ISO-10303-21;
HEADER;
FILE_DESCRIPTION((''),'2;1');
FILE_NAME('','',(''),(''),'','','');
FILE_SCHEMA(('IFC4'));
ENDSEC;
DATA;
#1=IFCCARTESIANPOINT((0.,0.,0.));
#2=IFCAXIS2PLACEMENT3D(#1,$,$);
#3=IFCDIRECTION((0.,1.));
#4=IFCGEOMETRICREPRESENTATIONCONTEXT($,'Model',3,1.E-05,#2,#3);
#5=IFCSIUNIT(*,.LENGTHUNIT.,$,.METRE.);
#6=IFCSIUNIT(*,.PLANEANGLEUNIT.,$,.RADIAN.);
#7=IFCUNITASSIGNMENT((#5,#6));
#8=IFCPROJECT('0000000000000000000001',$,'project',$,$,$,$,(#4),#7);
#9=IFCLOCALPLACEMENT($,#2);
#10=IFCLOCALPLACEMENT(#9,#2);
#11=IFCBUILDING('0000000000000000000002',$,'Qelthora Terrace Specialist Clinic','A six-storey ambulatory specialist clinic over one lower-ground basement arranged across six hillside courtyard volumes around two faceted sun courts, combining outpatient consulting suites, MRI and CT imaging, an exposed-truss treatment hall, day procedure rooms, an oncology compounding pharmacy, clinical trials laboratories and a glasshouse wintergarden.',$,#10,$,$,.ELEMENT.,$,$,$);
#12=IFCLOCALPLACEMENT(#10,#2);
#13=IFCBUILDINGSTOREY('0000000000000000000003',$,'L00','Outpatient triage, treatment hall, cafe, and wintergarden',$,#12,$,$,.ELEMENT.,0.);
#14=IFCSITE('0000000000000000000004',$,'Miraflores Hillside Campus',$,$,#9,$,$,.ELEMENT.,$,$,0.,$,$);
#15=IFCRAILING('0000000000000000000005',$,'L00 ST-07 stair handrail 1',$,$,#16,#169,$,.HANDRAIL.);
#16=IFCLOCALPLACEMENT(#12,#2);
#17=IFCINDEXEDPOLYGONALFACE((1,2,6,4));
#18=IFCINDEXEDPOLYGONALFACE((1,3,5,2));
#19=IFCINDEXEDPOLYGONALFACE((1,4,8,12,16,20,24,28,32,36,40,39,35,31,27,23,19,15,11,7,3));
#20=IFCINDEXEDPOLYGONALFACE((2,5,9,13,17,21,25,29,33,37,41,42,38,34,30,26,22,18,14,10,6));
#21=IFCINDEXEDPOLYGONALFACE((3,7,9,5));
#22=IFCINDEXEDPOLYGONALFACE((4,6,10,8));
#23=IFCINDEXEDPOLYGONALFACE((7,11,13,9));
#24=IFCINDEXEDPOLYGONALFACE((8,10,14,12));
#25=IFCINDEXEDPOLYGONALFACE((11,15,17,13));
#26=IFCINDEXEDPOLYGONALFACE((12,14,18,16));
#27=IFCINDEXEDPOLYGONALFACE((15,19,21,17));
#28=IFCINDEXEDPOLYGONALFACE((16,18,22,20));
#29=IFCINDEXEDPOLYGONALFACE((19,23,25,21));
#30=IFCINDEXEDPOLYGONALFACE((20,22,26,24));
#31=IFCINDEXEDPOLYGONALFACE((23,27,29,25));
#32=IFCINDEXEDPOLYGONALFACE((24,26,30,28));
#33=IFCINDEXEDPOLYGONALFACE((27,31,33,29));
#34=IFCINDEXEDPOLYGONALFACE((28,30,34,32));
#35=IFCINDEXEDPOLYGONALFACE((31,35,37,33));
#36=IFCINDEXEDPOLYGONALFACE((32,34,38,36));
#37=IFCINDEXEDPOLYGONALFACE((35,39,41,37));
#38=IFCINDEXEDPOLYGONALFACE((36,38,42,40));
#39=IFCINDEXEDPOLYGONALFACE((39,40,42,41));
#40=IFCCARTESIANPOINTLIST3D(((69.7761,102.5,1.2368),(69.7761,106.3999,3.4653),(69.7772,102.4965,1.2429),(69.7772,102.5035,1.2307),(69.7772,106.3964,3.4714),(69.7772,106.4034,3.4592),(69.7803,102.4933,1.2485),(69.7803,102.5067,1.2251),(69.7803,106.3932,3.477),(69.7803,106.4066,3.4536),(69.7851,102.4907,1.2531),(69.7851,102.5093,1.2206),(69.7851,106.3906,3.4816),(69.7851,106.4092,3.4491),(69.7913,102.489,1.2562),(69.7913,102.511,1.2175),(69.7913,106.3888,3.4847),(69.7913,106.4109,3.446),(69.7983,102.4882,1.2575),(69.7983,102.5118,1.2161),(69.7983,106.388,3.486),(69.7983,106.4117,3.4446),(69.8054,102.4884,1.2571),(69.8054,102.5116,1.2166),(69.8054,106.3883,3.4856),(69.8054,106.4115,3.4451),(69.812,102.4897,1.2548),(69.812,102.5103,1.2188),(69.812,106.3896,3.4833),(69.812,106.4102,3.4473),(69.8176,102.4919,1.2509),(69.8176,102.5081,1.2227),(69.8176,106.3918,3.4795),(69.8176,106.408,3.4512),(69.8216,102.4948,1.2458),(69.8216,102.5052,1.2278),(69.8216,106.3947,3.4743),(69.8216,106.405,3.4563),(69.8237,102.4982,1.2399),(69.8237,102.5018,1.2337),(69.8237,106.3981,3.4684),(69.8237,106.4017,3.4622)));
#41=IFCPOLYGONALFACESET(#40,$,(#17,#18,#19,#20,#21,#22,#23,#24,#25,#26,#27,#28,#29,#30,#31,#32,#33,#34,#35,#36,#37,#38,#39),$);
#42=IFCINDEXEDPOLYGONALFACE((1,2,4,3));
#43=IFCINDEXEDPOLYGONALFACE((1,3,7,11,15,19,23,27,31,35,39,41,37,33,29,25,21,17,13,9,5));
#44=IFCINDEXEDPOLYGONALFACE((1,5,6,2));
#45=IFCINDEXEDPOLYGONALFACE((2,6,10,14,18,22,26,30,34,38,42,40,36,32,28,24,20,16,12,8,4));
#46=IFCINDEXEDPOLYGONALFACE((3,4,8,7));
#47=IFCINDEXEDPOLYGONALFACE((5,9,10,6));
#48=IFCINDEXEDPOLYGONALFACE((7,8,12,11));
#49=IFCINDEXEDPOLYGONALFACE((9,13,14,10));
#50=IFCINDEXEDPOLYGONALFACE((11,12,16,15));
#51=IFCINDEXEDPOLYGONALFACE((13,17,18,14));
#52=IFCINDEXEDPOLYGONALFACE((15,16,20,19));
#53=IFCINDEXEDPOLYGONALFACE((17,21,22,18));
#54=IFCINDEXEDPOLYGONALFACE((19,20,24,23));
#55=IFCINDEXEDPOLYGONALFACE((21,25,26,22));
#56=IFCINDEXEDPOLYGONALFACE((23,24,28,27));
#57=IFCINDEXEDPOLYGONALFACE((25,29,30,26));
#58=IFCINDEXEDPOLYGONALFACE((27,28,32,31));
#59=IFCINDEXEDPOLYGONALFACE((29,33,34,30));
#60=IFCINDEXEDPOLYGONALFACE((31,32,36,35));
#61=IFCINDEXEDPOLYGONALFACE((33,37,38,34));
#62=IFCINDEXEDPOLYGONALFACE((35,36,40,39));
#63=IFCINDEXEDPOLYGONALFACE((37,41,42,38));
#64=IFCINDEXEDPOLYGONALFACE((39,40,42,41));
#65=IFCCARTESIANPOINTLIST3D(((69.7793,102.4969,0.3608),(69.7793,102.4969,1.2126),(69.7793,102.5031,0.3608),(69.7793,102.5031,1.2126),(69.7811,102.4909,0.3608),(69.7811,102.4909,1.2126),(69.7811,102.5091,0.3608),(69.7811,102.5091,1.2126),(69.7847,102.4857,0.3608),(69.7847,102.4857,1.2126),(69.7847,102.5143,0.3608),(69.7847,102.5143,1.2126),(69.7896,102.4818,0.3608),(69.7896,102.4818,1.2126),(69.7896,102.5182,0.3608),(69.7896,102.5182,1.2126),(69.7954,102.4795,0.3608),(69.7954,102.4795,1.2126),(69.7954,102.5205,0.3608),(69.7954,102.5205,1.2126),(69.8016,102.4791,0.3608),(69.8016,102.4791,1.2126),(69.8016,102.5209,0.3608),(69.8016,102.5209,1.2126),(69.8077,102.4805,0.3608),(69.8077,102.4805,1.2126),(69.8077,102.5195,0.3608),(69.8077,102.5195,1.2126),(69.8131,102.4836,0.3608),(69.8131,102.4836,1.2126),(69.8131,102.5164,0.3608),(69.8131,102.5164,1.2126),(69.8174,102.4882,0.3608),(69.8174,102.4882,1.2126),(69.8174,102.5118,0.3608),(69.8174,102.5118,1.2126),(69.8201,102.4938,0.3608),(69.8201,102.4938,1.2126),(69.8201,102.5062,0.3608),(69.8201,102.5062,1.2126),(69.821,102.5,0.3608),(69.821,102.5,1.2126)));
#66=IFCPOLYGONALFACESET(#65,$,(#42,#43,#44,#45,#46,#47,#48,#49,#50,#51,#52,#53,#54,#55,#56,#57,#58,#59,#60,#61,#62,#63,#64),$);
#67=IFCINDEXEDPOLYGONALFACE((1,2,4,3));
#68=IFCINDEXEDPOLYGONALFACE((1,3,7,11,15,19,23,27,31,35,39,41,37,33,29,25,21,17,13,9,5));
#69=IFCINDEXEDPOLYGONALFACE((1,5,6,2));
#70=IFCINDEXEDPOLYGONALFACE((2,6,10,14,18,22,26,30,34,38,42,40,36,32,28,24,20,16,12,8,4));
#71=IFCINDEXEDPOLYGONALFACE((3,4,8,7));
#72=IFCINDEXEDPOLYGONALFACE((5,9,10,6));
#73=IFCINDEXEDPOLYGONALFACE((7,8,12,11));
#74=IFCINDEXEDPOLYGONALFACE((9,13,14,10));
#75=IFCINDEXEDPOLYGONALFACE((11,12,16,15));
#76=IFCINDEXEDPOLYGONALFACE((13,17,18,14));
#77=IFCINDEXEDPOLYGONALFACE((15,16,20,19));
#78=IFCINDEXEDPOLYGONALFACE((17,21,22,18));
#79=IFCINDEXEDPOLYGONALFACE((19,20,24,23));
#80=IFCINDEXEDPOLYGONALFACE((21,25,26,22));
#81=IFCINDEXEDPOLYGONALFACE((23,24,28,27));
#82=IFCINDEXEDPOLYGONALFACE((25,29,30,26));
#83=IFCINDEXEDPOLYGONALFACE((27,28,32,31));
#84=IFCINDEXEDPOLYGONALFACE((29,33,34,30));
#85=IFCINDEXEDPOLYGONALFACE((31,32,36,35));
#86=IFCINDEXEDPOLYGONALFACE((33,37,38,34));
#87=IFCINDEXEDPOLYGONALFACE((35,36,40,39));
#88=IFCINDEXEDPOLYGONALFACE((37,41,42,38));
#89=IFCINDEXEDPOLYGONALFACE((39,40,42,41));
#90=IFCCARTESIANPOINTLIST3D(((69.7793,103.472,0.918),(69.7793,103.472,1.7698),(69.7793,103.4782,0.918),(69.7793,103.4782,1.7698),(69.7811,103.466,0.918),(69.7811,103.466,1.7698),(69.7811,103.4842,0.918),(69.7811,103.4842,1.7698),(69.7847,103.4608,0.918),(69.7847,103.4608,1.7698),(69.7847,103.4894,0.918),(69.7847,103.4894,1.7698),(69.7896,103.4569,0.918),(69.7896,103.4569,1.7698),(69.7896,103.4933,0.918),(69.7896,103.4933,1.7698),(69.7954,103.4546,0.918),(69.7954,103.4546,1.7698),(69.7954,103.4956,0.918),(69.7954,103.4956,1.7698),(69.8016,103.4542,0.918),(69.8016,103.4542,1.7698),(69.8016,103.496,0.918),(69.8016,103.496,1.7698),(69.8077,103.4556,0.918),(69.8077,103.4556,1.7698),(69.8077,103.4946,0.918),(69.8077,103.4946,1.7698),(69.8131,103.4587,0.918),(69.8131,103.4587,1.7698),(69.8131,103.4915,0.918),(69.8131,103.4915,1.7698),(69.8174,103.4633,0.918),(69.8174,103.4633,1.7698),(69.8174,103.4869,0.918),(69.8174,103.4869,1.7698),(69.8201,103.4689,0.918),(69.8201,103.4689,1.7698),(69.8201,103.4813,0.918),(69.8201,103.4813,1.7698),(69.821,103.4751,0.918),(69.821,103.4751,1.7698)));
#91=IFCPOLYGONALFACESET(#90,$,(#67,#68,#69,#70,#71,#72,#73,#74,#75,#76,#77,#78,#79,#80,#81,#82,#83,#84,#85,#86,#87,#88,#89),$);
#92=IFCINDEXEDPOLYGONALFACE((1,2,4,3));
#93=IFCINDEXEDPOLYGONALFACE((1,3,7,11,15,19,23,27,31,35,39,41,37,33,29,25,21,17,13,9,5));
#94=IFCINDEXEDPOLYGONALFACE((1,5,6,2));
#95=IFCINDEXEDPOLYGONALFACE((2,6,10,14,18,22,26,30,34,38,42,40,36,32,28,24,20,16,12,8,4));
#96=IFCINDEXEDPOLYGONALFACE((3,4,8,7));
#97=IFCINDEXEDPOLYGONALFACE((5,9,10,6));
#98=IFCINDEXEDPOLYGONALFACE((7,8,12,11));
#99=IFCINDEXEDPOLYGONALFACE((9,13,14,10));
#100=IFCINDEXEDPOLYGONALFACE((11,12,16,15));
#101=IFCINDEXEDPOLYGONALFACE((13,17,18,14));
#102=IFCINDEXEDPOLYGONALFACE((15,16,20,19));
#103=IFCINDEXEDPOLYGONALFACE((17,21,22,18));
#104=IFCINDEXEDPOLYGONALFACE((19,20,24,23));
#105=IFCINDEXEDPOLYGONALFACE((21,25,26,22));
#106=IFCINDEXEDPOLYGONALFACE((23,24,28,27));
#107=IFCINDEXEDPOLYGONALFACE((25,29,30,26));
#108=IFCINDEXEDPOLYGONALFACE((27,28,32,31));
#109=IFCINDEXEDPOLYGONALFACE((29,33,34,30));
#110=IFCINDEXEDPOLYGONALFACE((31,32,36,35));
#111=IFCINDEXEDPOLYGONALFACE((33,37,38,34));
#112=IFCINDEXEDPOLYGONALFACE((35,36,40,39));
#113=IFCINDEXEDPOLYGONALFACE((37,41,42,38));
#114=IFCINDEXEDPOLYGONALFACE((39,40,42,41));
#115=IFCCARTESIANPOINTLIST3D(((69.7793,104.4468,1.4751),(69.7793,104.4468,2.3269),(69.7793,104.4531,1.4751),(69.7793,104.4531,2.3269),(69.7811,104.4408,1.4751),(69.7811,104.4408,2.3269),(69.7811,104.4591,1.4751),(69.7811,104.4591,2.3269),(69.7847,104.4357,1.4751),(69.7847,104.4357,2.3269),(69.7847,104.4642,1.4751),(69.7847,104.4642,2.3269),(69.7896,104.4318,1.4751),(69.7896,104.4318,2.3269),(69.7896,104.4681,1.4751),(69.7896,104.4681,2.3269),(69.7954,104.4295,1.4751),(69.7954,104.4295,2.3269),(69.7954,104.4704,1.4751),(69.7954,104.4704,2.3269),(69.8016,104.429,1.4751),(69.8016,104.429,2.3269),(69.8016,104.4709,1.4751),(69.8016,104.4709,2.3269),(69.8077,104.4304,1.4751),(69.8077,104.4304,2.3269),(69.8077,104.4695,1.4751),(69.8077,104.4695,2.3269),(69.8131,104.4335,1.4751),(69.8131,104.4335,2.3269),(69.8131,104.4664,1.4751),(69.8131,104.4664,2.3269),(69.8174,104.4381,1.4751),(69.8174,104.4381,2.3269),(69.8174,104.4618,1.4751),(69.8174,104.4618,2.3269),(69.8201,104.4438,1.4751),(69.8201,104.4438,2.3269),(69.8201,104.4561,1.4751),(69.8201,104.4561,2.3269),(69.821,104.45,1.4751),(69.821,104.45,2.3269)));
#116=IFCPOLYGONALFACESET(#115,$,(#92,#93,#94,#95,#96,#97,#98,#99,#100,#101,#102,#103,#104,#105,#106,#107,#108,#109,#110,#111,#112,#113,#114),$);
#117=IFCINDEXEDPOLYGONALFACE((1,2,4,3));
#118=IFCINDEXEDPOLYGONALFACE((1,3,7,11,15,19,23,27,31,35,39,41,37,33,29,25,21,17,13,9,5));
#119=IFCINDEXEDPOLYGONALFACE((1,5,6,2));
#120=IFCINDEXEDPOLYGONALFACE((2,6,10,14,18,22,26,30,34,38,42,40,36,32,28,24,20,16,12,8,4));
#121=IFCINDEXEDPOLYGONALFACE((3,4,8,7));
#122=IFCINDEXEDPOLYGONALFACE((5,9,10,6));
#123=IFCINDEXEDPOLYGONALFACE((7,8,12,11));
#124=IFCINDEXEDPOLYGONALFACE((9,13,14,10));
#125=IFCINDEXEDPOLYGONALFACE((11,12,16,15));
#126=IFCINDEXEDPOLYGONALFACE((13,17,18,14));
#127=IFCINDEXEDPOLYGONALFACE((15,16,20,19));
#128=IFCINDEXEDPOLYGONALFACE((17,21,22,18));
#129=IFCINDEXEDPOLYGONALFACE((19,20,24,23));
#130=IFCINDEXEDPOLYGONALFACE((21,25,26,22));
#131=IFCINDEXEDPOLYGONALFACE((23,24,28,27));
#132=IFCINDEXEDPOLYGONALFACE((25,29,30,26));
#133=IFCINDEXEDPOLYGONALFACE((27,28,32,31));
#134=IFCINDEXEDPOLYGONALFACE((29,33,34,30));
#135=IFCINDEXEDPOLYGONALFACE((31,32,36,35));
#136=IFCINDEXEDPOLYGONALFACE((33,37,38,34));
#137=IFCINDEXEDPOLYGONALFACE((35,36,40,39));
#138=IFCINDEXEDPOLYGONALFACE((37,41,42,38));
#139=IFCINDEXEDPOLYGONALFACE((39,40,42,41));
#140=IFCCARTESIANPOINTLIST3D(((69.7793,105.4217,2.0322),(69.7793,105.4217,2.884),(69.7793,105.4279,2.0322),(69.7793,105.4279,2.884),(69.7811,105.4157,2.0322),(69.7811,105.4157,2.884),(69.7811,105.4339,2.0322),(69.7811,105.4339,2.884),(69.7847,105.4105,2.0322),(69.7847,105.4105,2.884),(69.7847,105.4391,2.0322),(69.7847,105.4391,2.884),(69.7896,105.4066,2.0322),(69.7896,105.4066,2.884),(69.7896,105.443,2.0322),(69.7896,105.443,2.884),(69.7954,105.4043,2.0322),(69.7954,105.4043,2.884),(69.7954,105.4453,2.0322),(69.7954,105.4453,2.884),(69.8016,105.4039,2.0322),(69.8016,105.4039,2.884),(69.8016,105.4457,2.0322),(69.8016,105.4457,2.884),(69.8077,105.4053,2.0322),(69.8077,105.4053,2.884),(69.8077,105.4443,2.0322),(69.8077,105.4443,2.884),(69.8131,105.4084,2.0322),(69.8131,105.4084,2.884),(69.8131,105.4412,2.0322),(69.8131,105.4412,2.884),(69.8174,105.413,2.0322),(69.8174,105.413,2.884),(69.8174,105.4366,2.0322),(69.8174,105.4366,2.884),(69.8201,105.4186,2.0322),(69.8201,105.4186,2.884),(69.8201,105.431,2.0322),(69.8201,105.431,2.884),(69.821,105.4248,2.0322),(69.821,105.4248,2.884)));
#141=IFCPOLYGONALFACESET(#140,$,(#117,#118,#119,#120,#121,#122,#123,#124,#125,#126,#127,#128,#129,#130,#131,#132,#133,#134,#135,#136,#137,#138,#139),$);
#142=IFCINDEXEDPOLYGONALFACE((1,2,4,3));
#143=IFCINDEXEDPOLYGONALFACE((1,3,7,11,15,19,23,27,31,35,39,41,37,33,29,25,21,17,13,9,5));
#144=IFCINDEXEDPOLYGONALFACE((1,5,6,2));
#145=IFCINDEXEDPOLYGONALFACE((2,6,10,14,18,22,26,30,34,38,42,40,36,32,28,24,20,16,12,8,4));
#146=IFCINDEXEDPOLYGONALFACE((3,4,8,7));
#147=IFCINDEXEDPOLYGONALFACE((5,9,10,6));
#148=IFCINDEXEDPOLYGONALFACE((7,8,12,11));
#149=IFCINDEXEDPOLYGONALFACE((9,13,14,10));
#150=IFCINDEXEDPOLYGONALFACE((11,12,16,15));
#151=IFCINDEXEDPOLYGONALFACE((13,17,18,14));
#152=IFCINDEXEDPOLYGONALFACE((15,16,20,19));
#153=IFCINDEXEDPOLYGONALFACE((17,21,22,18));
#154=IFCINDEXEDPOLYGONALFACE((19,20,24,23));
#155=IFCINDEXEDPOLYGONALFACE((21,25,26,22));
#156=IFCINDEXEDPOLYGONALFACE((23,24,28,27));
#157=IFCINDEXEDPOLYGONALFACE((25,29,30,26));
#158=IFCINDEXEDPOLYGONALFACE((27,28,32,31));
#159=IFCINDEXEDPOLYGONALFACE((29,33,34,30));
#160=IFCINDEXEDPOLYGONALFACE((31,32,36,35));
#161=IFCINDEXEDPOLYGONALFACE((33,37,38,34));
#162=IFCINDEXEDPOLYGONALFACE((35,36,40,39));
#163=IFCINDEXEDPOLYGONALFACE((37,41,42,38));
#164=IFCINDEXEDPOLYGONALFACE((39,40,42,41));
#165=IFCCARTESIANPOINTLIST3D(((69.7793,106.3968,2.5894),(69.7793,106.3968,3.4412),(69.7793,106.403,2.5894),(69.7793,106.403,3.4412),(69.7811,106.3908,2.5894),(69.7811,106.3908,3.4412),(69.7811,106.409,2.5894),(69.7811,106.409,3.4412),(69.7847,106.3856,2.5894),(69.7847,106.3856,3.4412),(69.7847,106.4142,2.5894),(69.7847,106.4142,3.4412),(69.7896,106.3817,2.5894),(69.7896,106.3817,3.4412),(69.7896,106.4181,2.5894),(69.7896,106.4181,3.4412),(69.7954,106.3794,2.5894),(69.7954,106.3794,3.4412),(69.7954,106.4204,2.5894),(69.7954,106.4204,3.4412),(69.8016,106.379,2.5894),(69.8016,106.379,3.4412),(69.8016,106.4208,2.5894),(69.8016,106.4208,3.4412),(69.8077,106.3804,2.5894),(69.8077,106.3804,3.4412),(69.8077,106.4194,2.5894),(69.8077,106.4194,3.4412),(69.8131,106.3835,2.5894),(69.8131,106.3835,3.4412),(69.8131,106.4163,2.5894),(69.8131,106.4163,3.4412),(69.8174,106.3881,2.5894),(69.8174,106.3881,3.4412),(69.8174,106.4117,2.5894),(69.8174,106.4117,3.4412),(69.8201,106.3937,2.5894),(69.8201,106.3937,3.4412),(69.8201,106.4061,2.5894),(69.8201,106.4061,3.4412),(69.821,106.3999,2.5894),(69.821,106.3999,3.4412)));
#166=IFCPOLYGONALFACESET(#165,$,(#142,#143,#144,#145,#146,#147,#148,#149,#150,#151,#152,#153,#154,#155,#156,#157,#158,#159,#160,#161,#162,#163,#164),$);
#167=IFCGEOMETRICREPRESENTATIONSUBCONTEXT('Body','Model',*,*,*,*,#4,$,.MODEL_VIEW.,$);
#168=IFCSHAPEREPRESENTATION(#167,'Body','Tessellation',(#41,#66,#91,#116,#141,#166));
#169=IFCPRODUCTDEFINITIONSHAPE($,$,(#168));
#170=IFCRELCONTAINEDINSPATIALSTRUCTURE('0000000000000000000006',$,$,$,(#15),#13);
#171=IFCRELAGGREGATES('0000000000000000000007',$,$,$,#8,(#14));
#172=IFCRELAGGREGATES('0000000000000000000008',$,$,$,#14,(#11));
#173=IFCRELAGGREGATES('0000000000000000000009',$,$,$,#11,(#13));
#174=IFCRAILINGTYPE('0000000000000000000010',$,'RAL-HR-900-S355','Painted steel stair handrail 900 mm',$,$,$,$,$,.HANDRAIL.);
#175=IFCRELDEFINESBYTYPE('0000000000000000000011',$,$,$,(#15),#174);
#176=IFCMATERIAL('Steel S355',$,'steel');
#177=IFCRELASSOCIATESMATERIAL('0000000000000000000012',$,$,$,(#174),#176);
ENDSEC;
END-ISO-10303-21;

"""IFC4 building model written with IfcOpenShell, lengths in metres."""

from ifc_helpers import new_model, si_unit, direction, frame, origin, origin_2d, place, context, subcontext, project, spatial, circle, extrude, material, type_object, element, save


model = new_model("IFC4")

# Units and contexts
model_context = context("Model", 3, precision=1e-05, world=origin(), true_north=direction((0.0, 1.0)))
body_context = subcontext(model_context, "Body", "Model", "MODEL_VIEW")
ifc_project = project(units=[si_unit("LENGTHUNIT", "METRE"), si_unit("PLANEANGLEUNIT", "RADIAN")], contexts=[model_context])

# Site, building, storey
site_placement = place(None, origin())
site = spatial("IfcSite", under=ifc_project, at=site_placement, Name="Miraflores Hillside Campus", CompositionType="ELEMENT", RefElevation=0.0)
building_placement = place(site_placement, origin())
building = spatial("IfcBuilding", under=site, at=building_placement, Name="Qelthora Terrace Specialist Clinic", Description="A six-storey ambulatory specialist clinic over one lower-ground basement arranged across six hillside courtyard volumes around two faceted sun courts, combining outpatient consulting suites, MRI and CT imaging, an exposed-truss treatment hall, day procedure rooms, an oncology compounding pharmacy, clinical trials laboratories and a glasshouse wintergarden.", CompositionType="ELEMENT")
storey_placement = place(building_placement, origin())
storey = spatial("IfcBuildingStorey", under=building, at=storey_placement, Name="L00", Description="Outpatient triage, treatment hall, cafe, and wintergarden", CompositionType="ELEMENT", Elevation=0.0)

# Shared definitions
ifc_material_1 = material(Name="Steel S355", Category="steel")

# Railing
railing_type_1 = type_object("IfcRailingType", Name="RAL-HR-900-S355", Description="Painted steel stair handrail 900 mm", PredefinedType="HANDRAIL", material=ifc_material_1)
railing_1_placement = place(storey_placement, frame((69.8, 102.5, 0.3608)))
element("IfcRailing", 1, at=railing_1_placement, inside=storey, type_object=railing_type_1, Name="L00 ST-07 stair handrail 1", PredefinedType="HANDRAIL", context=body_context, shape_type="SweptSolid", body=[
    extrude(circle(Radius=0.0239, at=origin_2d()), frame((0.0, 0.0, 0.876), z_axis=(0.0, 0.868243, 0.496139), x_axis=(-1.0, 0.0, 0.0)), (0.0, 0.0, 1.0), 4.4917),
    extrude(circle(Radius=0.021, at=origin_2d()), origin(), (0.0, 0.0, 1.0), 0.8518),
    extrude(circle(Radius=0.021, at=origin_2d()), frame((0.0, 0.9751, 0.5571)), (0.0, 0.0, 1.0), 0.8518),
    extrude(circle(Radius=0.021, at=origin_2d()), frame((0.0, 1.95, 1.1143)), (0.0, 0.0, 1.0), 0.8518),
    extrude(circle(Radius=0.021, at=origin_2d()), frame((0.0, 2.9248, 1.6714)), (0.0, 0.0, 1.0), 0.8518),
    extrude(circle(Radius=0.021, at=origin_2d()), frame((0.0, 3.8999, 2.2285)), (0.0, 0.0, 1.0), 0.8518),
])

save(model, "model.ifc")
